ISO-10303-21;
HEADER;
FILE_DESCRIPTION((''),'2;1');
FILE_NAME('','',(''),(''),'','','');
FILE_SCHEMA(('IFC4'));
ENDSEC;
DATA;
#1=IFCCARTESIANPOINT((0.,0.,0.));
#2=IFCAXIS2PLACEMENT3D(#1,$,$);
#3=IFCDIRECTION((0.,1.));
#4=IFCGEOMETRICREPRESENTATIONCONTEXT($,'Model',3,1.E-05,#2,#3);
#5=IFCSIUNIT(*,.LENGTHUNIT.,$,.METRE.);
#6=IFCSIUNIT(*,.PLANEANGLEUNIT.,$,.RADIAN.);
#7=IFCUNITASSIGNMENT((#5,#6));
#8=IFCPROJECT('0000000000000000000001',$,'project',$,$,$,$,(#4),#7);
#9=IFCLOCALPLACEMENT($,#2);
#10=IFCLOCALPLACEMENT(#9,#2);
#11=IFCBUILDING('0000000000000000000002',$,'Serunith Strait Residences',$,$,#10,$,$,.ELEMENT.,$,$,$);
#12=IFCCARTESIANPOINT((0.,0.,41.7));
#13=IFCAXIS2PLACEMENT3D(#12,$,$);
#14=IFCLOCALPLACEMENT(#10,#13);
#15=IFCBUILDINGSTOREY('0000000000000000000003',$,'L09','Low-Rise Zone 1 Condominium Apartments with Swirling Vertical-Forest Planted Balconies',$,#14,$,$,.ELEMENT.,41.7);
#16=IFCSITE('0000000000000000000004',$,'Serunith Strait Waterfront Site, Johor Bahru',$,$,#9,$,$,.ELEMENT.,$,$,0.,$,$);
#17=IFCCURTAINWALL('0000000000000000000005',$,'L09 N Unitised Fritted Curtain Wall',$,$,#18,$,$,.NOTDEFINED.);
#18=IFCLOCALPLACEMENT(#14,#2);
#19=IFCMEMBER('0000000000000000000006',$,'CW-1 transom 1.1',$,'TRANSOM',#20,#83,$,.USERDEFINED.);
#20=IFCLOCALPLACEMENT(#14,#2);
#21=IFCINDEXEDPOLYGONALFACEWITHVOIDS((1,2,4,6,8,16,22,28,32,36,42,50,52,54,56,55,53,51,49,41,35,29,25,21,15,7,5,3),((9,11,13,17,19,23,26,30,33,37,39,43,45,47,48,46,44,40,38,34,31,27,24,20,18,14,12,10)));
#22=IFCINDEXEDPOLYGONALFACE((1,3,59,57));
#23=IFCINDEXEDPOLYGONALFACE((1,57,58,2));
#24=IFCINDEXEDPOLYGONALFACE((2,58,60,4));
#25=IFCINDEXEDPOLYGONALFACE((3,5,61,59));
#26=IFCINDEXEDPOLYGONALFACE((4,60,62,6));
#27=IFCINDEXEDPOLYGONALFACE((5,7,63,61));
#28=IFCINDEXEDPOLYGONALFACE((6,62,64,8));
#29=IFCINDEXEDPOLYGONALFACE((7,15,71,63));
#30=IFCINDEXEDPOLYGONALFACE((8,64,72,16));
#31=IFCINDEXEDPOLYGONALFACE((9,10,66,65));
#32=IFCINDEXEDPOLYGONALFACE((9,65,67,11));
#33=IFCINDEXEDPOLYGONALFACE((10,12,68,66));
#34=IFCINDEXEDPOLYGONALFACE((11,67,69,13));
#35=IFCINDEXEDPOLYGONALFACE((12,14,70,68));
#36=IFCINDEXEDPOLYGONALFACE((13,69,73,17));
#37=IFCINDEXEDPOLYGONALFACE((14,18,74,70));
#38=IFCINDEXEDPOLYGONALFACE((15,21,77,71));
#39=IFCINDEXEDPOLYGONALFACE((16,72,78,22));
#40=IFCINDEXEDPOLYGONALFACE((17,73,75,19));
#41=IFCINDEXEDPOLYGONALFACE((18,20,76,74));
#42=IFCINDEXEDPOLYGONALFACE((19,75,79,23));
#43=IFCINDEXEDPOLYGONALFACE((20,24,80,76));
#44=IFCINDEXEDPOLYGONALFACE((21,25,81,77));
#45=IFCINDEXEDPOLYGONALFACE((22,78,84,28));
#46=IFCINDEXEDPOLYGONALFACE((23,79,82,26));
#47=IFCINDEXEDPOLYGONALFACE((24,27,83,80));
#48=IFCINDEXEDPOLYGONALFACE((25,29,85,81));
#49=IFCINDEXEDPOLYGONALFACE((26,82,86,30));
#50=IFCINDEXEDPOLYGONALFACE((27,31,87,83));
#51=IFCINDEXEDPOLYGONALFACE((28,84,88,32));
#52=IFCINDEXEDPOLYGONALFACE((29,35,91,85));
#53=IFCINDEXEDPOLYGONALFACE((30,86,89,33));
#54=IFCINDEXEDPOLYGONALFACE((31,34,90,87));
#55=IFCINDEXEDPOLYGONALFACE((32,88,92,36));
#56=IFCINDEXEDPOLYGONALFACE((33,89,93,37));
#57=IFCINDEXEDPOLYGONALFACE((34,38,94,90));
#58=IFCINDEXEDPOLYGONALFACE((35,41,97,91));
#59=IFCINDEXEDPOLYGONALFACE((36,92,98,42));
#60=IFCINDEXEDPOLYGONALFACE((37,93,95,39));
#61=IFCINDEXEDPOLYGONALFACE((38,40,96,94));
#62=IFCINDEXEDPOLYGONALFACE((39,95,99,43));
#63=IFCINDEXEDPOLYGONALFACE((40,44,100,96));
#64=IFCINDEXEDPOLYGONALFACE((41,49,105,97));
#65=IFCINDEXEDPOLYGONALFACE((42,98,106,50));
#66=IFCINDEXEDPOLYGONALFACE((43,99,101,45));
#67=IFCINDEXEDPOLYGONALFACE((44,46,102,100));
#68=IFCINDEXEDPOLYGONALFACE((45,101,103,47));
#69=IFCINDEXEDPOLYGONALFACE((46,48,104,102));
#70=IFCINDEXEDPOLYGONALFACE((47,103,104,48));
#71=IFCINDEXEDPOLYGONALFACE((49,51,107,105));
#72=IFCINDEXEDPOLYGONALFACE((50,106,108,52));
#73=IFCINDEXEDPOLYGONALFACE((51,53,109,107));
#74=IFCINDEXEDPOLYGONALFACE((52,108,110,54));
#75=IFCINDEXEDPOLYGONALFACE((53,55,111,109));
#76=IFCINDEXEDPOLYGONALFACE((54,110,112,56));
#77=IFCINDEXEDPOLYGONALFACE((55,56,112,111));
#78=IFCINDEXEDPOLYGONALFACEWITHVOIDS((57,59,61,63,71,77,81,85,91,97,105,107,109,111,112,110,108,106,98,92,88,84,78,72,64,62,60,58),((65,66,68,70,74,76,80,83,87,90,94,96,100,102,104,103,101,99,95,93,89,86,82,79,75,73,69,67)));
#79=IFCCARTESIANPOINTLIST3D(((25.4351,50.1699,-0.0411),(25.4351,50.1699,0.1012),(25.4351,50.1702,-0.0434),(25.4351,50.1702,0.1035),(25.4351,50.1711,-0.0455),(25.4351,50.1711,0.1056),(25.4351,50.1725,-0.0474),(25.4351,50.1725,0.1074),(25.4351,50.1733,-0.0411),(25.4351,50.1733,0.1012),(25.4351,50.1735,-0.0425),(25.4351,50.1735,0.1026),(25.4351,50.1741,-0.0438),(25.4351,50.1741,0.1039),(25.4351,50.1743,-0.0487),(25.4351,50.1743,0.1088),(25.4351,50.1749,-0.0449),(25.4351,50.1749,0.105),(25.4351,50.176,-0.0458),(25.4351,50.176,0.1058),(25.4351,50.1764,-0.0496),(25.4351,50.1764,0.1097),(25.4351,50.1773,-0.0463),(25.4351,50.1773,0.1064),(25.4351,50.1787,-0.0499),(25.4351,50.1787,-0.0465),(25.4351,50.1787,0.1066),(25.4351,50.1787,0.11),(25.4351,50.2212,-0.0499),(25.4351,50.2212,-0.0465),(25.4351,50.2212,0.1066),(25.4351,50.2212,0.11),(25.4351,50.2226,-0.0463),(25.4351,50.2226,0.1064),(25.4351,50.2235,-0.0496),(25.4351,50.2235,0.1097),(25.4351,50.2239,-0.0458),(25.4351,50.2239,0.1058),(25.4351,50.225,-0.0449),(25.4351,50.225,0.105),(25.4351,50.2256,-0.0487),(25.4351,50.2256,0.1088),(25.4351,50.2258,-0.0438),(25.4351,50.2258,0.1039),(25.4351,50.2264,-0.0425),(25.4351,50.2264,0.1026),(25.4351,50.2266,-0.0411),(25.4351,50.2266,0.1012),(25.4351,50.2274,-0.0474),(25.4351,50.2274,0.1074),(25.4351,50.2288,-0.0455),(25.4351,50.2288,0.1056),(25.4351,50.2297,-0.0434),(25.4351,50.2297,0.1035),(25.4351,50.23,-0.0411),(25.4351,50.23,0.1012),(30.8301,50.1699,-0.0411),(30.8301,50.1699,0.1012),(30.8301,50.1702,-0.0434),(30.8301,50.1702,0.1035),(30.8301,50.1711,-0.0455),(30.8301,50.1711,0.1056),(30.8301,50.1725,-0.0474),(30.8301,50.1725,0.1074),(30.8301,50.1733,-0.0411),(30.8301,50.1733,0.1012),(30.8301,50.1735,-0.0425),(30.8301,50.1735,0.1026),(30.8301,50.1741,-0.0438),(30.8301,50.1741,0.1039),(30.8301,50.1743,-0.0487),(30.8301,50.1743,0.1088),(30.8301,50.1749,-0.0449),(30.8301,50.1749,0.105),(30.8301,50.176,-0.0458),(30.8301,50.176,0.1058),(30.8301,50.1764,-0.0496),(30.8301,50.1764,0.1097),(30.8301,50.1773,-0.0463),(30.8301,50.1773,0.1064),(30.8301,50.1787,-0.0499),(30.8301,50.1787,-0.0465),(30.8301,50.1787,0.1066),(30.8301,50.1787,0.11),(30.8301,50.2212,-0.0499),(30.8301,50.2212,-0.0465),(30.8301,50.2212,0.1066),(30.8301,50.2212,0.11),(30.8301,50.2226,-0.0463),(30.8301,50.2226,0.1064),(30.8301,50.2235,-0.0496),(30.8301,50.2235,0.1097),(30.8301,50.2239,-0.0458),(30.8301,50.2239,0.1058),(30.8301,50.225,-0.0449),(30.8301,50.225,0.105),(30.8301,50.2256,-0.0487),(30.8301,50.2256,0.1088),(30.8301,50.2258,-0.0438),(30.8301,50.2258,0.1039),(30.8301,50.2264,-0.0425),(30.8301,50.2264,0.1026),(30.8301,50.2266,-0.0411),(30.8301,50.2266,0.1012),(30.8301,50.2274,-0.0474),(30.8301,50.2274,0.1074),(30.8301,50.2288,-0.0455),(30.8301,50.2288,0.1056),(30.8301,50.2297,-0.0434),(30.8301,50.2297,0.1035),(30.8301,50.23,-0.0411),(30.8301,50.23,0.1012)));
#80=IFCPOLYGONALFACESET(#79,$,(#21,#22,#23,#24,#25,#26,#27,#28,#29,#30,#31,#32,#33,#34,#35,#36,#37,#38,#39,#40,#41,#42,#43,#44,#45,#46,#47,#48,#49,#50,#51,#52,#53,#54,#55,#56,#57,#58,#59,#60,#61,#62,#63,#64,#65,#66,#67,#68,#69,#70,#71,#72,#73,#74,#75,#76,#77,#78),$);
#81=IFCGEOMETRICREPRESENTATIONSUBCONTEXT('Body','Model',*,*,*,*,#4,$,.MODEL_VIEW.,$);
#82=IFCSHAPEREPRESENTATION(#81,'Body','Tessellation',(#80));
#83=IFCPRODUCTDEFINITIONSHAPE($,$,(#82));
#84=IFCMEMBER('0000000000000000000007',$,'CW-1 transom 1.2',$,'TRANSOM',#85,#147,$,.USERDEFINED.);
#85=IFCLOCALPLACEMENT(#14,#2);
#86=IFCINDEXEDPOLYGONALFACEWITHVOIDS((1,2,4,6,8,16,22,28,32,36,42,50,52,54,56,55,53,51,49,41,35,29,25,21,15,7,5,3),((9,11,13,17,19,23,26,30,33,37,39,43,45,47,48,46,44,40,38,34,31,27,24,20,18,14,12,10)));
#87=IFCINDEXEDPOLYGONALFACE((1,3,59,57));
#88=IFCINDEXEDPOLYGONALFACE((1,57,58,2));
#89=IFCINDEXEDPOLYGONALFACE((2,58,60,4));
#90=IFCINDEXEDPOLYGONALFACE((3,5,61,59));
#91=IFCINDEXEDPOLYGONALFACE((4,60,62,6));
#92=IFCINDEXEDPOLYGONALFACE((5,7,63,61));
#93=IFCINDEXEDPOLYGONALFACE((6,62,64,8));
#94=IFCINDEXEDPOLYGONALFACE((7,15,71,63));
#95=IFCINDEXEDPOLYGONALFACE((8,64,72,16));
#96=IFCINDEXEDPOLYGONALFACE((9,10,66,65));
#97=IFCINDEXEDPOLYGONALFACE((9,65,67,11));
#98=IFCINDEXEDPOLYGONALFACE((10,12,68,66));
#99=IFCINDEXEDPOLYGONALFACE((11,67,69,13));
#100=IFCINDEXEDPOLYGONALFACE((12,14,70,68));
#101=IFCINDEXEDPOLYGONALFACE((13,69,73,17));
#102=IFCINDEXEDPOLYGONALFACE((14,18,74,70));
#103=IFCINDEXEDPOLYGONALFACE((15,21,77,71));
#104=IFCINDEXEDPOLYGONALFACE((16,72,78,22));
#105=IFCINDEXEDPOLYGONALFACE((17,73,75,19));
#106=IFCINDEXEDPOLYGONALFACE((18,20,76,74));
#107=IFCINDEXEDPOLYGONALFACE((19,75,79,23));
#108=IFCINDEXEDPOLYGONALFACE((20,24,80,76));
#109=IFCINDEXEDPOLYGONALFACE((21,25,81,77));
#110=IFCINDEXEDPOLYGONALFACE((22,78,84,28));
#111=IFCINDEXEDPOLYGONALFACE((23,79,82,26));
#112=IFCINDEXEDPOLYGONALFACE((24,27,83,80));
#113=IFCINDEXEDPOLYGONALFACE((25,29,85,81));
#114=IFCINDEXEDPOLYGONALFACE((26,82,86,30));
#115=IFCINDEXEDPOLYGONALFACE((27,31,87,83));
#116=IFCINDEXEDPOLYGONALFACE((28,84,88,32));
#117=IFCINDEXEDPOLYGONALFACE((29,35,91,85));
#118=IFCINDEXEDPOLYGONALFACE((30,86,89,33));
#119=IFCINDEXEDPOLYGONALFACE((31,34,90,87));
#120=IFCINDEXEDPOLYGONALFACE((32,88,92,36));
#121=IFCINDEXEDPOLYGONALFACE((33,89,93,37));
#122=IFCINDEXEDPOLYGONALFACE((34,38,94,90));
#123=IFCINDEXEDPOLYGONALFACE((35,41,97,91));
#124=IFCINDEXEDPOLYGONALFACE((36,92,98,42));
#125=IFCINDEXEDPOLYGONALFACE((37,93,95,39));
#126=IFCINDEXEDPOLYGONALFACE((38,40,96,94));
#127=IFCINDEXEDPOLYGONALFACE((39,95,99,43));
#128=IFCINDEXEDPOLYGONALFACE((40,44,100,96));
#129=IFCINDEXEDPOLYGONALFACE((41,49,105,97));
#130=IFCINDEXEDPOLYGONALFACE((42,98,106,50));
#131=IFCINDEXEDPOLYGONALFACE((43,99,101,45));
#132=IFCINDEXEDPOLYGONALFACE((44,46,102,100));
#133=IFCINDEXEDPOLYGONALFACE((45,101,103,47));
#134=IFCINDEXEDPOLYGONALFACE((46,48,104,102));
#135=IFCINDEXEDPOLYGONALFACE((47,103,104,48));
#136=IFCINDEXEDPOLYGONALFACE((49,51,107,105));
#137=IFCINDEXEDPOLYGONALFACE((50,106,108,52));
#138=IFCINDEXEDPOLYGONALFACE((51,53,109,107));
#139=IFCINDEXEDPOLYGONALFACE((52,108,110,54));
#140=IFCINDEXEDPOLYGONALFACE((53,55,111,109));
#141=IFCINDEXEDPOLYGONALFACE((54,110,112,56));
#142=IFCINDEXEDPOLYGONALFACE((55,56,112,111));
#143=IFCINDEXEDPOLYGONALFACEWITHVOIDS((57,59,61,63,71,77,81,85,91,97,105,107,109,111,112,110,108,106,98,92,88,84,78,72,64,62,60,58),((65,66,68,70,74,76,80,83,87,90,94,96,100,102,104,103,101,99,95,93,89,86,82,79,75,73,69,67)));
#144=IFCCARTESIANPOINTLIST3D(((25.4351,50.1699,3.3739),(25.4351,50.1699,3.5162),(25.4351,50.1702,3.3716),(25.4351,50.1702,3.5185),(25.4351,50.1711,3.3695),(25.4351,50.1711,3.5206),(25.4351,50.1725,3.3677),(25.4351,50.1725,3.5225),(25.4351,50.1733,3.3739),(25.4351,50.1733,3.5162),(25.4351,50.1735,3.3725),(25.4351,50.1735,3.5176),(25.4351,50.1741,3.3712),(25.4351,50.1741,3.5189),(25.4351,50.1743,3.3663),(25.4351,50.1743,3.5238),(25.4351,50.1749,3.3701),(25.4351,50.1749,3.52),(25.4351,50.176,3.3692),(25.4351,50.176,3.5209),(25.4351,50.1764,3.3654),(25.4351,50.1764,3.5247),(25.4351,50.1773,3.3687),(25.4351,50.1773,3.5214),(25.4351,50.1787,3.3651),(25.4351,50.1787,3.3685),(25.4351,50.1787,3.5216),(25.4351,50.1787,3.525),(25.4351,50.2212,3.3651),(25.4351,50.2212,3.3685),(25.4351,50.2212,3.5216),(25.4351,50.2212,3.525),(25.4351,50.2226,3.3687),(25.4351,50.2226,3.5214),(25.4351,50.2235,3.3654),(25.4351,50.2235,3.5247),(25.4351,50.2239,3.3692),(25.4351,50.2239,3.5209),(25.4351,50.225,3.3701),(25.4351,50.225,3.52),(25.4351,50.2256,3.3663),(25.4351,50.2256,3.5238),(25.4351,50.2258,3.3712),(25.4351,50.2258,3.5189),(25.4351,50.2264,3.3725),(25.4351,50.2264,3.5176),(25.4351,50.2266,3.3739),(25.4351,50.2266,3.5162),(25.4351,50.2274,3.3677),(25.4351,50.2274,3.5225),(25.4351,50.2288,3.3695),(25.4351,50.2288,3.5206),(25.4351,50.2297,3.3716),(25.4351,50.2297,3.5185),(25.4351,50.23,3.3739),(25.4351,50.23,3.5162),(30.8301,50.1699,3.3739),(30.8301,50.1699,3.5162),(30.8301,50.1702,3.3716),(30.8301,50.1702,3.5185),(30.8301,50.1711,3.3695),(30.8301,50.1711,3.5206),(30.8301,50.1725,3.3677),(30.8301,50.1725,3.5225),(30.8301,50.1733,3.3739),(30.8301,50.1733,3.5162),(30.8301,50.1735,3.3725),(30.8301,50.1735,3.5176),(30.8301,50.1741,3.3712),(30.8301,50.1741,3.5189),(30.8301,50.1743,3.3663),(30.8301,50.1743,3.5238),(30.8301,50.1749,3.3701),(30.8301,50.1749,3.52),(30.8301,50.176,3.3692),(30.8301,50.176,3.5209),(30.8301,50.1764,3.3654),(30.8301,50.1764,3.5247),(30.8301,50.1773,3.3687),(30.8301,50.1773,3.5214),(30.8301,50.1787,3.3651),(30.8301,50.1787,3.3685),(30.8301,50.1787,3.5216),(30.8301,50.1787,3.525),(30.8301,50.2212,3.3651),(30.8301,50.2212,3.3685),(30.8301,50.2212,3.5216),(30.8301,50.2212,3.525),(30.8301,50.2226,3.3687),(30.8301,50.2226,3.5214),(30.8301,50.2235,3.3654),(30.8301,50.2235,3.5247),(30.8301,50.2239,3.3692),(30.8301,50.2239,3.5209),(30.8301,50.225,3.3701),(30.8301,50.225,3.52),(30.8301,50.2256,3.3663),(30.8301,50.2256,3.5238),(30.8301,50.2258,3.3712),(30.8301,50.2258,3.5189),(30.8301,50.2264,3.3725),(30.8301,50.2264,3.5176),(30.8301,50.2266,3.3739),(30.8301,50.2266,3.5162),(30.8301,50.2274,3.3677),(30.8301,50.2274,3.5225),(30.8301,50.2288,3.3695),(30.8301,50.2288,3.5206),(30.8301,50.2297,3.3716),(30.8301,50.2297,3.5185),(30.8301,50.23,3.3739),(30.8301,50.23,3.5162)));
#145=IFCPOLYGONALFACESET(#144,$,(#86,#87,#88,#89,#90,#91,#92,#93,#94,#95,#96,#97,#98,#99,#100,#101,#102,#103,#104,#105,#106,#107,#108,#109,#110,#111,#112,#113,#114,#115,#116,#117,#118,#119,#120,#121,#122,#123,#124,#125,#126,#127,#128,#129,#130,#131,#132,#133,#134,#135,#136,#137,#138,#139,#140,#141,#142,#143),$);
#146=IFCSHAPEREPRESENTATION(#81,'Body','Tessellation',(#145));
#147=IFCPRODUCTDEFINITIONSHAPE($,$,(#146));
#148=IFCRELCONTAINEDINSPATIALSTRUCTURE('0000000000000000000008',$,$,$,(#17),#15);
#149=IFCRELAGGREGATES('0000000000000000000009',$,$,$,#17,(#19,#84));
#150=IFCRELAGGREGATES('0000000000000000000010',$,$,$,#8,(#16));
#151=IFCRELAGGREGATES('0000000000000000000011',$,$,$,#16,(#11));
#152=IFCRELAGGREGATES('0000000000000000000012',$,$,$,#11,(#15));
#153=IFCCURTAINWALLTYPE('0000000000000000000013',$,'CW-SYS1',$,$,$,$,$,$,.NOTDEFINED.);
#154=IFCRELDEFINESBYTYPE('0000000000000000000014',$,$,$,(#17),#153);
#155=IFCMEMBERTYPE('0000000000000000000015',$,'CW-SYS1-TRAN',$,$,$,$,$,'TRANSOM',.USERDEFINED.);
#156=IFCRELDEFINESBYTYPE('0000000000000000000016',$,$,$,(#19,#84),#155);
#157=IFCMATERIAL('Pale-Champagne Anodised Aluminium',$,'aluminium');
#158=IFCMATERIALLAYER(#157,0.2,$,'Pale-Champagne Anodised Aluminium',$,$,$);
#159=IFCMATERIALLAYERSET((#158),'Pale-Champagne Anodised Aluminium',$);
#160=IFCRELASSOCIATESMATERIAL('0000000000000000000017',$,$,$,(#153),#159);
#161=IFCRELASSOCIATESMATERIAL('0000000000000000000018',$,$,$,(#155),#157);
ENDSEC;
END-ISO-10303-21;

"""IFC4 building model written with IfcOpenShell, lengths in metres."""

from ifc_helpers import new_model, si_unit, direction, frame, origin, origin_2d, place, context, subcontext, project, spatial, hollow_rectangle, extrude, source, transform, mapped, material, layer, layer_set, material_profile, profile_set, type_object, element, aggregate, save


model = new_model("IFC4")

# Units and contexts
model_context = context("Model", 3, precision=1e-05, world=origin(), true_north=direction((0.0, 1.0)))
body_context = subcontext(model_context, "Body", "Model", "MODEL_VIEW")
ifc_project = project(units=[si_unit("LENGTHUNIT", "METRE"), si_unit("PLANEANGLEUNIT", "RADIAN")], contexts=[model_context])

# Site, building, storey
site_placement = place(None, origin())
site = spatial("IfcSite", under=ifc_project, at=site_placement, Name="Serunith Strait Waterfront Site, Johor Bahru", CompositionType="ELEMENT", RefElevation=0.0)
building_placement = place(site_placement, origin())
building = spatial("IfcBuilding", under=site, at=building_placement, Name="Serunith Strait Residences", CompositionType="ELEMENT")
storey_placement = place(building_placement, frame((0.0, 0.0, 41.7)))
storey = spatial("IfcBuildingStorey", under=building, at=storey_placement, Name="L09", Description="Low-Rise Zone 1 Condominium Apartments with Swirling Vertical-Forest Planted Balconies", CompositionType="ELEMENT", Elevation=41.7)

# Shared definitions
ifc_material_1 = material(Name="Pale-Champagne Anodised Aluminium", Category="aluminium")
ifc_layer_1 = layer(ifc_material_1, 0.2, Name="Pale-Champagne Anodised Aluminium")
ifc_layer_set_1 = layer_set([ifc_layer_1], Name="Pale-Champagne Anodised Aluminium")
curtain_wall_type = type_object("IfcCurtainWallType", Name="CW-SYS1", PredefinedType="NOTDEFINED", material=ifc_layer_set_1)

# Curtain wall
curtain_wall_1_placement = place(storey_placement, origin())
curtain_wall_1 = element("IfcCurtainWall", 1, at=curtain_wall_1_placement, inside=storey, type_object=curtain_wall_type, Name="L09 N Unitised Fritted Curtain Wall", PredefinedType="NOTDEFINED")

# Members
ifc_material_profile_1 = material_profile(ifc_material_1, hollow_rectangle(XDim=0.0601, YDim=0.1599, WallThickness=0.0034, InnerFilletRadius=0.0054, OuterFilletRadius=0.0088, at=origin_2d()), Name="ALU 160x60x3.5")
ifc_profile_set_1 = profile_set([ifc_material_profile_1], Name="Pale-Champagne Anodised Aluminium")
member_type_1 = type_object("IfcMemberType", Name="CW-SYS1-TRAN", ElementType="TRANSOM", PredefinedType="USERDEFINED", material=ifc_profile_set_1)
shared_shape_1 = source(origin(), body_context, "Body", "SweptSolid", [
    extrude(hollow_rectangle(XDim=0.0601, YDim=0.1599, WallThickness=0.0034, InnerFilletRadius=0.0054, OuterFilletRadius=0.0088, at=origin_2d()), origin(), (0.0, 0.0, 1.0), 5.395),
])
member_1_placement = place(storey_placement, frame((30.8301, 50.2, 0.03), z_axis=(-1.0, 0.0, 0.0), x_axis=(0.0, -1.0, 0.0)))
member_1 = element("IfcMember", 2, at=member_1_placement, type_object=member_type_1, Name="CW-1 transom 1.1", ObjectType="TRANSOM", PredefinedType="USERDEFINED", context=body_context, shape_type="MappedRepresentation", body=[
    mapped(shared_shape_1, transform((0.0, 0.0, 0.0), scale=1.0)),
])
member_2_placement = place(storey_placement, frame((30.8301, 50.2, 3.4451), z_axis=(-1.0, 0.0, 0.0), x_axis=(0.0, -1.0, 0.0)))
member_2 = element("IfcMember", 3, at=member_2_placement, type_object=member_type_1, Name="CW-1 transom 1.2", ObjectType="TRANSOM", PredefinedType="USERDEFINED", context=body_context, shape_type="MappedRepresentation", body=[
    mapped(shared_shape_1, transform((0.0, 0.0, 0.0), scale=1.0)),
])
aggregate(curtain_wall_1, [member_1, member_2])

save(model, "model.ifc")
